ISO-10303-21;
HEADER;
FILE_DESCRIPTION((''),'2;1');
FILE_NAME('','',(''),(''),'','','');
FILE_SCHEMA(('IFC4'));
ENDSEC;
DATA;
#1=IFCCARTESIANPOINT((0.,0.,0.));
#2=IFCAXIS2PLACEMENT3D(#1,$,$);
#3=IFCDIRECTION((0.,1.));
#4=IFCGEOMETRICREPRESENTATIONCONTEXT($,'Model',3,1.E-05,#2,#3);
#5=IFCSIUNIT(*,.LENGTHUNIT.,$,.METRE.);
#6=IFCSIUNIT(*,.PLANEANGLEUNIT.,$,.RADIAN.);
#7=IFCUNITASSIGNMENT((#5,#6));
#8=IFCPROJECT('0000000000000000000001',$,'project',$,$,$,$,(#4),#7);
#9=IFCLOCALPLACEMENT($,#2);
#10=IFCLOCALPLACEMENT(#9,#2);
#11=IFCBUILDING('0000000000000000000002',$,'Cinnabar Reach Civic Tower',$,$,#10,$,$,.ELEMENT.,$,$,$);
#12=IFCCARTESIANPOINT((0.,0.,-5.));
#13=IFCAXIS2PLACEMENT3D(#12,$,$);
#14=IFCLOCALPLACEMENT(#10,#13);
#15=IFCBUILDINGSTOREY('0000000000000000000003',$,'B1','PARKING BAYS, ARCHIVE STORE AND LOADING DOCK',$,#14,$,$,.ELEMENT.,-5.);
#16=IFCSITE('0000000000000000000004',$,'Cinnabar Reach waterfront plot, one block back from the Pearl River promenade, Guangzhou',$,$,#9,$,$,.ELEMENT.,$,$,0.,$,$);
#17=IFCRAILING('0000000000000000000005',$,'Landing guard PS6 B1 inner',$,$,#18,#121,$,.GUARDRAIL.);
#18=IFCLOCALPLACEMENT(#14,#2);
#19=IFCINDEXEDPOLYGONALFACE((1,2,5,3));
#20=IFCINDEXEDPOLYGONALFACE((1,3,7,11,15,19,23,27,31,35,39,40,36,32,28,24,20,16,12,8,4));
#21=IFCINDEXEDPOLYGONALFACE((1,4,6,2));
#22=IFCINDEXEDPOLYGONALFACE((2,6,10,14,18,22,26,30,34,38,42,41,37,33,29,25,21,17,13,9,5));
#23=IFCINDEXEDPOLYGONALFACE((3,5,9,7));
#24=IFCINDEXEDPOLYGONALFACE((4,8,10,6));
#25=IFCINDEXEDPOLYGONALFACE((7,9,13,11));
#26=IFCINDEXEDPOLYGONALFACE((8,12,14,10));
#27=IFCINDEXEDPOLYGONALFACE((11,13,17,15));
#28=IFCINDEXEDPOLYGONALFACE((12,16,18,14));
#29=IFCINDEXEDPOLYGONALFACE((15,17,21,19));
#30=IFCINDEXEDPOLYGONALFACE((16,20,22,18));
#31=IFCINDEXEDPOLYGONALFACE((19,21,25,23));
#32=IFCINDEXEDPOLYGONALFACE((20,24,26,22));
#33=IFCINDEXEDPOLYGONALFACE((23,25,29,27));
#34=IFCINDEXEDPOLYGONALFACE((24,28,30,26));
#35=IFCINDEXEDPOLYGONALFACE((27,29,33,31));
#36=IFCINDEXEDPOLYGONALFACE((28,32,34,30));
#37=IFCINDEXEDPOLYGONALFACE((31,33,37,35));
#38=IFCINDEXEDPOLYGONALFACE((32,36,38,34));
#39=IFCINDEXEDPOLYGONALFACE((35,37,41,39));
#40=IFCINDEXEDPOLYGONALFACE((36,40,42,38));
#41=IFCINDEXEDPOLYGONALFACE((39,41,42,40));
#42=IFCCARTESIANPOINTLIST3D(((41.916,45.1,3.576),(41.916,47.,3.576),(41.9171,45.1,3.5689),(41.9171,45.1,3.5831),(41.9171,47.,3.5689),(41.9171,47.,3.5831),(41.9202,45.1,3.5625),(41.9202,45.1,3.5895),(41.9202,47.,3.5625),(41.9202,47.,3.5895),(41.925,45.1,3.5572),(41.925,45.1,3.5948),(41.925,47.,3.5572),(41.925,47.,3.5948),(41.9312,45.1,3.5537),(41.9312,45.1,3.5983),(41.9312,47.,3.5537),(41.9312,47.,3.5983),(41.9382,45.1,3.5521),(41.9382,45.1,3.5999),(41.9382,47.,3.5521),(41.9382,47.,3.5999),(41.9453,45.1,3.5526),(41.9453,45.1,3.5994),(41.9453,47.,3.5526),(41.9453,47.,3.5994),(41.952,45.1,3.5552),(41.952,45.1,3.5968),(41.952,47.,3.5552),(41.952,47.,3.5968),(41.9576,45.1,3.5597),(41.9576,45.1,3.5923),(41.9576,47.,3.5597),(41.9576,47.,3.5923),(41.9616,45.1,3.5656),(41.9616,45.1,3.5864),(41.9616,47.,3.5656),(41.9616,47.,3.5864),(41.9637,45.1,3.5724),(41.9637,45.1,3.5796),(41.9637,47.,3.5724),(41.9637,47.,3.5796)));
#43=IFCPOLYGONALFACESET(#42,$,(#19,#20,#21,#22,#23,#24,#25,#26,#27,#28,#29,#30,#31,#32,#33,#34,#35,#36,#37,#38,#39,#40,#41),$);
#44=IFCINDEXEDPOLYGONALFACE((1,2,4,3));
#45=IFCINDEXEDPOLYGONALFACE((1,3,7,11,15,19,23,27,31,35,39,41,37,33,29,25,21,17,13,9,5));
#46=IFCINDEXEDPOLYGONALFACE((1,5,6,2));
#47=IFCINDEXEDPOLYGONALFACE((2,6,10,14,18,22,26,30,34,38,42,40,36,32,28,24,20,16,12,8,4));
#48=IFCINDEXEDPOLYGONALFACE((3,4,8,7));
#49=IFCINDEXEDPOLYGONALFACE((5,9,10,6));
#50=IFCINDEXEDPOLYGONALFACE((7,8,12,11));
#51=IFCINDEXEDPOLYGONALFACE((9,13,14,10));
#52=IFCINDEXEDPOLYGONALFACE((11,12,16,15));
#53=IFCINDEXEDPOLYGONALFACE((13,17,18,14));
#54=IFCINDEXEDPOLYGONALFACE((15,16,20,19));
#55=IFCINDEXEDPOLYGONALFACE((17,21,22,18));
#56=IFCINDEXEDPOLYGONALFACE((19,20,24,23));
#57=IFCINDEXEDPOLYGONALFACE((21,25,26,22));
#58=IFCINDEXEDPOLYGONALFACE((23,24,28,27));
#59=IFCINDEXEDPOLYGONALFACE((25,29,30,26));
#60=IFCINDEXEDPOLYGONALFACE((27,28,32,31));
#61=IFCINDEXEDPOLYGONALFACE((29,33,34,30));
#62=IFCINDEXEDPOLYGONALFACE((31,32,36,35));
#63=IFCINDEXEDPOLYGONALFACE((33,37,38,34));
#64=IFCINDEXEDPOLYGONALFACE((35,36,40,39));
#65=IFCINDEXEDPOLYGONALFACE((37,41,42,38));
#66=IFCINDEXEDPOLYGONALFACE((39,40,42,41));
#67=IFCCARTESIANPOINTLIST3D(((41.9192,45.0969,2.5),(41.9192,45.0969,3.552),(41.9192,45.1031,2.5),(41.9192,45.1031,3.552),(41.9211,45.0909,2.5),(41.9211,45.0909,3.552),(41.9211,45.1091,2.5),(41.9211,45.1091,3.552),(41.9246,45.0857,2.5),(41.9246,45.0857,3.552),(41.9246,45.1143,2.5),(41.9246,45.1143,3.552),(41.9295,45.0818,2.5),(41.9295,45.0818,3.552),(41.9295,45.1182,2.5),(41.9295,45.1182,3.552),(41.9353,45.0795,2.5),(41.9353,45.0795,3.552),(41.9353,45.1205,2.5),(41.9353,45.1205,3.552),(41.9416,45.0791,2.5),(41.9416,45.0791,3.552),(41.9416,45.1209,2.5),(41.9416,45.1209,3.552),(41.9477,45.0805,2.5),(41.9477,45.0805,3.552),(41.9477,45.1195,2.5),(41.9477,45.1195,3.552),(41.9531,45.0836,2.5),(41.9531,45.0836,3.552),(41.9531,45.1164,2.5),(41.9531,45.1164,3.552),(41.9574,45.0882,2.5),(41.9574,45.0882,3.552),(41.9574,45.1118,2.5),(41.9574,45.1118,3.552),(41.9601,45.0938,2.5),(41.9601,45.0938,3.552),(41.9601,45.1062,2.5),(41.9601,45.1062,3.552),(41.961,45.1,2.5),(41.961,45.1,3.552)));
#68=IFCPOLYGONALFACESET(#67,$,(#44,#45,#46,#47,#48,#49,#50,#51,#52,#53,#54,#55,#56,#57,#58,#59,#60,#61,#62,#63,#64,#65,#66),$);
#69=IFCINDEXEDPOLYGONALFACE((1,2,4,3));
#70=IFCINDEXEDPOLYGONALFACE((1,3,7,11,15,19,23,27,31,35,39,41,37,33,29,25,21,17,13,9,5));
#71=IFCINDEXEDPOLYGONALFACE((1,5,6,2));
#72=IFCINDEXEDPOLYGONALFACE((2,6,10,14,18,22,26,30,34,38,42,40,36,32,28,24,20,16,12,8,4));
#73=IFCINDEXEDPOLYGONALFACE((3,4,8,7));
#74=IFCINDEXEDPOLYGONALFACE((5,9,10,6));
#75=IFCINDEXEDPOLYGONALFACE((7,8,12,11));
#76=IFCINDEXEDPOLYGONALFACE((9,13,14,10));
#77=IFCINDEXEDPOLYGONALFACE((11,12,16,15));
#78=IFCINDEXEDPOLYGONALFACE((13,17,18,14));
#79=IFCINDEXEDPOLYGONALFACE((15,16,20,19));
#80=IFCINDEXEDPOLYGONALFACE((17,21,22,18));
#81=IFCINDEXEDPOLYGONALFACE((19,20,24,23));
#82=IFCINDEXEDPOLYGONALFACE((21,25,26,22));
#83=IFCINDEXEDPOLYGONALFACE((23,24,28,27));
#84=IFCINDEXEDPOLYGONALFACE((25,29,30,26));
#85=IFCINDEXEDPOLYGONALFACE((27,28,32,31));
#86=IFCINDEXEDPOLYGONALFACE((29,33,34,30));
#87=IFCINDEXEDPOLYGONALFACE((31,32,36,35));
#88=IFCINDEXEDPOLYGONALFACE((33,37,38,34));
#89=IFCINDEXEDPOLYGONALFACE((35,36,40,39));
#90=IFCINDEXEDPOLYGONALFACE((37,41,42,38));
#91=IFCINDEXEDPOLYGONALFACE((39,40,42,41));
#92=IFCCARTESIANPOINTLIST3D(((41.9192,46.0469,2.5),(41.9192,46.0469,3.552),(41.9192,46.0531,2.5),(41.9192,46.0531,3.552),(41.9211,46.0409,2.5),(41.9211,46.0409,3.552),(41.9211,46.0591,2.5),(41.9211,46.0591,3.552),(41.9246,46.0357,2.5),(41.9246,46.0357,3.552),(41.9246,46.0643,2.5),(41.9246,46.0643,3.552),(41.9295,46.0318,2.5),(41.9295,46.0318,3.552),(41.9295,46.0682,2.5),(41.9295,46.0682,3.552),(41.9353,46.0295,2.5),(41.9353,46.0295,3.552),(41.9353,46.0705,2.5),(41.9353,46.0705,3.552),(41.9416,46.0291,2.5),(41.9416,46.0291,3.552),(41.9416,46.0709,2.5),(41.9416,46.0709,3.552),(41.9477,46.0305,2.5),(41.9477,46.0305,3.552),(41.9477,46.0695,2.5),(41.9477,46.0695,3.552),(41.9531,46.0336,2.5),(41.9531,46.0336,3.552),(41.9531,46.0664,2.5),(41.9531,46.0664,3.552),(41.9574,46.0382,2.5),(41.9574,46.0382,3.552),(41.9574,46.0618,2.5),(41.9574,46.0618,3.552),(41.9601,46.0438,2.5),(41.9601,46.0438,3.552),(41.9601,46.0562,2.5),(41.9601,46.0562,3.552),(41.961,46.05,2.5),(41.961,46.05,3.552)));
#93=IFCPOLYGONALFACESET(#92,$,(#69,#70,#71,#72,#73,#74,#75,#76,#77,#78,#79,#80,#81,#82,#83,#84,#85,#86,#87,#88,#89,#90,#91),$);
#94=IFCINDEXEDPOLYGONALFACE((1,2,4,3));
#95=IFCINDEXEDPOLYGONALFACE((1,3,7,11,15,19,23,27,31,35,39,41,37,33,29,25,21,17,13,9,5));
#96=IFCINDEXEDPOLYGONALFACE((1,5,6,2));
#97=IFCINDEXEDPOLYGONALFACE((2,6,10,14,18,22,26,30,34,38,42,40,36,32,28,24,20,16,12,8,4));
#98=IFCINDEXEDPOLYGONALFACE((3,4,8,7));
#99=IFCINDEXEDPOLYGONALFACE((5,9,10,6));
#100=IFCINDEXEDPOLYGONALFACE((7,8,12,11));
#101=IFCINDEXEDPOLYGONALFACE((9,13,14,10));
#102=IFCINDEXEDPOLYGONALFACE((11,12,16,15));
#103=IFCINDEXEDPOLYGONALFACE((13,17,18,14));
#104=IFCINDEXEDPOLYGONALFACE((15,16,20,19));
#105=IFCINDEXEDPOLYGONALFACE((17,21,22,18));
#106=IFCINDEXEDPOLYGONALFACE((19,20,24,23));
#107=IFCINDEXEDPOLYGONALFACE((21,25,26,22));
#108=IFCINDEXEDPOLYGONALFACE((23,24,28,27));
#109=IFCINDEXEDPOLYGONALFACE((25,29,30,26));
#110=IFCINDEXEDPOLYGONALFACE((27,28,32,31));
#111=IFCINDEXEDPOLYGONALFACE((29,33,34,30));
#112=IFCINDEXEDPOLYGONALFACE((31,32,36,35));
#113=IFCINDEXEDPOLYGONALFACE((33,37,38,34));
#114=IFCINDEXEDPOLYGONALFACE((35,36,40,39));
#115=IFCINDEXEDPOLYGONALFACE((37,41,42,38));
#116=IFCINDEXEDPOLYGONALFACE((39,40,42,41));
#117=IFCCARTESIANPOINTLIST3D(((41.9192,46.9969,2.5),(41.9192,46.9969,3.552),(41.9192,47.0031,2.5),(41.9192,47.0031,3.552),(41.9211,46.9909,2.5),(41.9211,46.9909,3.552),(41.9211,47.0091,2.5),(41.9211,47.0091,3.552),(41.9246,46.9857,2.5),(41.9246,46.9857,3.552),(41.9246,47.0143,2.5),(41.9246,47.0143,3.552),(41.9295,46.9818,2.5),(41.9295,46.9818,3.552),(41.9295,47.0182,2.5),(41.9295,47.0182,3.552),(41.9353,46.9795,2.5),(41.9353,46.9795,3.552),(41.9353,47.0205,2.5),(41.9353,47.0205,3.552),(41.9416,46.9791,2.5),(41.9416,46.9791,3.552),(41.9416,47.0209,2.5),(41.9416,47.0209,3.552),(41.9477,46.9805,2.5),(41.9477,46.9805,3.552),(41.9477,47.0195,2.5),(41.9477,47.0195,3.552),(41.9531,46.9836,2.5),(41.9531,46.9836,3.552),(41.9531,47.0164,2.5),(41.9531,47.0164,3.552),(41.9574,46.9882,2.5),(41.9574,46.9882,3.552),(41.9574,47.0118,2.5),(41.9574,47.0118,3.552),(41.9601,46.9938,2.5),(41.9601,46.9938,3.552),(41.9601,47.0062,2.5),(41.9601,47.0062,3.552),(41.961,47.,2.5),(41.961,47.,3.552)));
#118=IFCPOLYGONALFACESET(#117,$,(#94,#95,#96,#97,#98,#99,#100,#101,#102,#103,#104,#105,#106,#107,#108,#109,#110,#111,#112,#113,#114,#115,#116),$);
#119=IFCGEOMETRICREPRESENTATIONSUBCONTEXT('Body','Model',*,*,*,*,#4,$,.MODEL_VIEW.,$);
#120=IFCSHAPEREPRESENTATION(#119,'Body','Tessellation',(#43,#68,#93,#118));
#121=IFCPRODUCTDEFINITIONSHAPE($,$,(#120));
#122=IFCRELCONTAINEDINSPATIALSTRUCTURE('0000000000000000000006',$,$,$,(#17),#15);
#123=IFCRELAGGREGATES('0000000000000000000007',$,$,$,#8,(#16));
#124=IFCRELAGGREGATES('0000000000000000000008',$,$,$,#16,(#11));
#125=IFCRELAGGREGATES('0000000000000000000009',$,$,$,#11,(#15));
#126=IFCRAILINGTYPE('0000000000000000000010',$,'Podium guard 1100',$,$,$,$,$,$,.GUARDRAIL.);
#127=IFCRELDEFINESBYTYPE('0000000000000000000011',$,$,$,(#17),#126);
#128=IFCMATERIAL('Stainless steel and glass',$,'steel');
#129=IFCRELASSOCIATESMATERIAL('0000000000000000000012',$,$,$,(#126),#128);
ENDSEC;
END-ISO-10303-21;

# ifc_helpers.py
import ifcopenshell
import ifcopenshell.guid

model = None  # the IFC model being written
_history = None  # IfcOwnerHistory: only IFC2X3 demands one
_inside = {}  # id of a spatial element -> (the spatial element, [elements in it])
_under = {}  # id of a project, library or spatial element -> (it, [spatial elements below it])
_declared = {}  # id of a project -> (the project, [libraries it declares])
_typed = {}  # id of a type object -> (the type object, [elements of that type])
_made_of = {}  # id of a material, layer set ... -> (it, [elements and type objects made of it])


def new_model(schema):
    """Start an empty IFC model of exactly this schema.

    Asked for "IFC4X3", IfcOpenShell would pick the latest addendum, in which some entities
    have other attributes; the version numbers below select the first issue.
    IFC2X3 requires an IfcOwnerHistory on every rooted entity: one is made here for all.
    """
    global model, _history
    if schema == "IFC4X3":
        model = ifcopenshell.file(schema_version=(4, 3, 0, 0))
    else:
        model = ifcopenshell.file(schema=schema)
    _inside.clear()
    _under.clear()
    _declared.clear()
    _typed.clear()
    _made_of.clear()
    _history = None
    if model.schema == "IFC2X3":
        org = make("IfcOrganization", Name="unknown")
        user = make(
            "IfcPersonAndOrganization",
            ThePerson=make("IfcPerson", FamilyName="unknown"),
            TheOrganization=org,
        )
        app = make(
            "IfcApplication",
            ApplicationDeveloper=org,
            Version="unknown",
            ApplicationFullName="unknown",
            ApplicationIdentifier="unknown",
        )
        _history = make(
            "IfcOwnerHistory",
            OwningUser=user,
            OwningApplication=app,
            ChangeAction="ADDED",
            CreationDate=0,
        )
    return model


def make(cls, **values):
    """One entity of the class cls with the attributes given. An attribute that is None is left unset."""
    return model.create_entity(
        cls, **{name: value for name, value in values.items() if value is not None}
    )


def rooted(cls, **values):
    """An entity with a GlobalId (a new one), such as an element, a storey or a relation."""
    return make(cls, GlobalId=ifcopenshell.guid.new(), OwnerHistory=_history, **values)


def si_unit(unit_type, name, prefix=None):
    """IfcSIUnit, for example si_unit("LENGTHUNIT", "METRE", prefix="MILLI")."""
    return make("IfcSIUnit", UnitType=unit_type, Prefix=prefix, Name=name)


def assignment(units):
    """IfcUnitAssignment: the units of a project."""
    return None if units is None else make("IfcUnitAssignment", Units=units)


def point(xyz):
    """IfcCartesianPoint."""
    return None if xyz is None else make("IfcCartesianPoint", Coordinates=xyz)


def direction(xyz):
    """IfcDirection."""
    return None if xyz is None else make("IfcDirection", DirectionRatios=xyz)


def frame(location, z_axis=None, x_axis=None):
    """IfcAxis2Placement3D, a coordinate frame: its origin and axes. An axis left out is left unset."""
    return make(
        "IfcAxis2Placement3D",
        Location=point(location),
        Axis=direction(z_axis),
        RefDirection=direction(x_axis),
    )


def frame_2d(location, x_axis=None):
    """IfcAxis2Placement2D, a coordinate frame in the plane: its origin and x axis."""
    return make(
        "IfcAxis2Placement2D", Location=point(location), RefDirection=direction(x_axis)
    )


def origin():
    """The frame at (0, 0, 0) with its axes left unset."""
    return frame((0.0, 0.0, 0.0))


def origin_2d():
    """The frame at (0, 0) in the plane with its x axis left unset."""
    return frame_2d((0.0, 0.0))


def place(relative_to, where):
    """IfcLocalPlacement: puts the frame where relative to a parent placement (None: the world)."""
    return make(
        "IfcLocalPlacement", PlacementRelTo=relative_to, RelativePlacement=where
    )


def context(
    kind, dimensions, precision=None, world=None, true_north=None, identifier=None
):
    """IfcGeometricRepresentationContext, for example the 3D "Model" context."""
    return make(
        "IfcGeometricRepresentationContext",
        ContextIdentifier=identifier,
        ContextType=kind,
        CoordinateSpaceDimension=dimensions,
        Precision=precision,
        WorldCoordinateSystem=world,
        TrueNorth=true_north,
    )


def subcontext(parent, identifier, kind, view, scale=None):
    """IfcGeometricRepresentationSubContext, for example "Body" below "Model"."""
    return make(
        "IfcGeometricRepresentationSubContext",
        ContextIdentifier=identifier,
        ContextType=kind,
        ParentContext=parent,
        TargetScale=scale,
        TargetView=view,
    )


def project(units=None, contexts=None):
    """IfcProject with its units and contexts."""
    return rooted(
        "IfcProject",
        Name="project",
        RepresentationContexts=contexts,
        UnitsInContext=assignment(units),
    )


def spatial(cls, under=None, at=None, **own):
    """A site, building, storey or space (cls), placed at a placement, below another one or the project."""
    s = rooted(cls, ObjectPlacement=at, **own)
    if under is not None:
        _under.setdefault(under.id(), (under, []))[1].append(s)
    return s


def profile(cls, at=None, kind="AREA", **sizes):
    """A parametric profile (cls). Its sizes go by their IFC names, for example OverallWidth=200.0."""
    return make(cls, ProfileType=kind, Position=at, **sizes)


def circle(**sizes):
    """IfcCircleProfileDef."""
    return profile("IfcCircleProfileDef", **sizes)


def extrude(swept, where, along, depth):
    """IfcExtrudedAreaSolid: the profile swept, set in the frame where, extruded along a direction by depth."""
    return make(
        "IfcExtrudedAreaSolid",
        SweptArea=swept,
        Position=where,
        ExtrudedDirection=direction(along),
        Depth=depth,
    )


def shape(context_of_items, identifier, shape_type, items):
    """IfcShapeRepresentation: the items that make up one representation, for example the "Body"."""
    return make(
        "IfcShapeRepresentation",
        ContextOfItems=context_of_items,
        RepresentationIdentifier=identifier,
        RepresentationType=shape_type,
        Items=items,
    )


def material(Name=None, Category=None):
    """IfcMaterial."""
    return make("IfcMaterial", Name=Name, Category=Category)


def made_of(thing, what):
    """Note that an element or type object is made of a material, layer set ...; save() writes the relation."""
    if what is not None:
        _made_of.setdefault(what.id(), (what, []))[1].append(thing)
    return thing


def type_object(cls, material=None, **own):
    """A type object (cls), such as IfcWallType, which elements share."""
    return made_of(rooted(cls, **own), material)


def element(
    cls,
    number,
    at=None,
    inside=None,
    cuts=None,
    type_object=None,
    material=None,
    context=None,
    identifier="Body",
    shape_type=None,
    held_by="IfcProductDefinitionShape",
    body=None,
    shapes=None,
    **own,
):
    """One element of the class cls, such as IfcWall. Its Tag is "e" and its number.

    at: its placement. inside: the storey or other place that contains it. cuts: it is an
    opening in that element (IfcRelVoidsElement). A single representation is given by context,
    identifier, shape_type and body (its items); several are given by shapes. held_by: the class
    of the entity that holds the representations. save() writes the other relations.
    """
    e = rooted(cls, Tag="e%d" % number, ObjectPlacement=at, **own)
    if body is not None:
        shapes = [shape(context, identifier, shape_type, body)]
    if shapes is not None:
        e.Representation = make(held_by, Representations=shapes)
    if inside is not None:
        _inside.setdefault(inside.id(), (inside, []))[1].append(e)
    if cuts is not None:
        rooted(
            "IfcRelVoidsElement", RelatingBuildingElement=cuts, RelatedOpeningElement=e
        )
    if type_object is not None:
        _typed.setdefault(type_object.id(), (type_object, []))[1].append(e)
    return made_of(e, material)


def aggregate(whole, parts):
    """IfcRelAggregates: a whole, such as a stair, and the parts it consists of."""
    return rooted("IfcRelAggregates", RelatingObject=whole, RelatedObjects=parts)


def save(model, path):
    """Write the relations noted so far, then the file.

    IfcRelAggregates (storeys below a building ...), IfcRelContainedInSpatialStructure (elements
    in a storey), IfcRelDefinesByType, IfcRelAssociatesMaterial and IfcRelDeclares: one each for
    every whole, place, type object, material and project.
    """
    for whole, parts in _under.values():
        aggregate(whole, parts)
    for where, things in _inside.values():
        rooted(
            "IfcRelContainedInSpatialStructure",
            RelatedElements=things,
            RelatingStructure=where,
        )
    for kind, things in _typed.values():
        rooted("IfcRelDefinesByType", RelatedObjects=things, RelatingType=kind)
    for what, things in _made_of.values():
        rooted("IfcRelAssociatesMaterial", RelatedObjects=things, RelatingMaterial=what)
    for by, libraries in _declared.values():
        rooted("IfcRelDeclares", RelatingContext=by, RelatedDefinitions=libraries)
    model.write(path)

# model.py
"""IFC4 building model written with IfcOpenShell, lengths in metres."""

from ifc_helpers import new_model, si_unit, direction, frame, origin, origin_2d, place, context, subcontext, project, spatial, circle, extrude, material, type_object, element, save


model = new_model("IFC4")

# Units and contexts
model_context = context("Model", 3, precision=1e-05, world=origin(), true_north=direction((0.0, 1.0)))
body_context = subcontext(model_context, "Body", "Model", "MODEL_VIEW")
ifc_project = project(units=[si_unit("LENGTHUNIT", "METRE"), si_unit("PLANEANGLEUNIT", "RADIAN")], contexts=[model_context])

# Site, building, storey
site_placement = place(None, origin())
site = spatial("IfcSite", under=ifc_project, at=site_placement, Name="Cinnabar Reach waterfront plot, one block back from the Pearl River promenade, Guangzhou", CompositionType="ELEMENT", RefElevation=0.0)
building_placement = place(site_placement, origin())
building = spatial("IfcBuilding", under=site, at=building_placement, Name="Cinnabar Reach Civic Tower", CompositionType="ELEMENT")
storey_placement = place(building_placement, frame((0.0, 0.0, -5.0)))
storey = spatial("IfcBuildingStorey", under=building, at=storey_placement, Name="B1", Description="PARKING BAYS, ARCHIVE STORE AND LOADING DOCK", CompositionType="ELEMENT", Elevation=-5.0)

# Railing
ifc_material_1 = material(Name="Stainless steel and glass", Category="steel")
railing_type = type_object("IfcRailingType", Name="Podium guard 1100", PredefinedType="GUARDRAIL", material=ifc_material_1)
railing_1_placement = place(storey_placement, frame((41.94, 45.1, 2.5)))
element("IfcRailing", 1, at=railing_1_placement, inside=storey, type_object=railing_type, Name="Landing guard PS6 B1 inner", PredefinedType="GUARDRAIL", context=body_context, shape_type="SweptSolid", body=[
    extrude(circle(Radius=0.024, at=origin_2d()), frame((0.0, 0.0, 1.076), z_axis=(0.0, 1.0, 0.0), x_axis=(-1.0, 0.0, 0.0)), (0.0, 0.0, 1.0), 1.9),
    extrude(circle(Radius=0.021, at=origin_2d()), origin(), (0.0, 0.0, 1.0), 1.052),
    extrude(circle(Radius=0.021, at=origin_2d()), frame((0.0, 0.95, 0.0)), (0.0, 0.0, 1.0), 1.052),
    extrude(circle(Radius=0.021, at=origin_2d()), frame((0.0, 1.9, 0.0)), (0.0, 0.0, 1.0), 1.052),
])

save(model, "model.ifc")
